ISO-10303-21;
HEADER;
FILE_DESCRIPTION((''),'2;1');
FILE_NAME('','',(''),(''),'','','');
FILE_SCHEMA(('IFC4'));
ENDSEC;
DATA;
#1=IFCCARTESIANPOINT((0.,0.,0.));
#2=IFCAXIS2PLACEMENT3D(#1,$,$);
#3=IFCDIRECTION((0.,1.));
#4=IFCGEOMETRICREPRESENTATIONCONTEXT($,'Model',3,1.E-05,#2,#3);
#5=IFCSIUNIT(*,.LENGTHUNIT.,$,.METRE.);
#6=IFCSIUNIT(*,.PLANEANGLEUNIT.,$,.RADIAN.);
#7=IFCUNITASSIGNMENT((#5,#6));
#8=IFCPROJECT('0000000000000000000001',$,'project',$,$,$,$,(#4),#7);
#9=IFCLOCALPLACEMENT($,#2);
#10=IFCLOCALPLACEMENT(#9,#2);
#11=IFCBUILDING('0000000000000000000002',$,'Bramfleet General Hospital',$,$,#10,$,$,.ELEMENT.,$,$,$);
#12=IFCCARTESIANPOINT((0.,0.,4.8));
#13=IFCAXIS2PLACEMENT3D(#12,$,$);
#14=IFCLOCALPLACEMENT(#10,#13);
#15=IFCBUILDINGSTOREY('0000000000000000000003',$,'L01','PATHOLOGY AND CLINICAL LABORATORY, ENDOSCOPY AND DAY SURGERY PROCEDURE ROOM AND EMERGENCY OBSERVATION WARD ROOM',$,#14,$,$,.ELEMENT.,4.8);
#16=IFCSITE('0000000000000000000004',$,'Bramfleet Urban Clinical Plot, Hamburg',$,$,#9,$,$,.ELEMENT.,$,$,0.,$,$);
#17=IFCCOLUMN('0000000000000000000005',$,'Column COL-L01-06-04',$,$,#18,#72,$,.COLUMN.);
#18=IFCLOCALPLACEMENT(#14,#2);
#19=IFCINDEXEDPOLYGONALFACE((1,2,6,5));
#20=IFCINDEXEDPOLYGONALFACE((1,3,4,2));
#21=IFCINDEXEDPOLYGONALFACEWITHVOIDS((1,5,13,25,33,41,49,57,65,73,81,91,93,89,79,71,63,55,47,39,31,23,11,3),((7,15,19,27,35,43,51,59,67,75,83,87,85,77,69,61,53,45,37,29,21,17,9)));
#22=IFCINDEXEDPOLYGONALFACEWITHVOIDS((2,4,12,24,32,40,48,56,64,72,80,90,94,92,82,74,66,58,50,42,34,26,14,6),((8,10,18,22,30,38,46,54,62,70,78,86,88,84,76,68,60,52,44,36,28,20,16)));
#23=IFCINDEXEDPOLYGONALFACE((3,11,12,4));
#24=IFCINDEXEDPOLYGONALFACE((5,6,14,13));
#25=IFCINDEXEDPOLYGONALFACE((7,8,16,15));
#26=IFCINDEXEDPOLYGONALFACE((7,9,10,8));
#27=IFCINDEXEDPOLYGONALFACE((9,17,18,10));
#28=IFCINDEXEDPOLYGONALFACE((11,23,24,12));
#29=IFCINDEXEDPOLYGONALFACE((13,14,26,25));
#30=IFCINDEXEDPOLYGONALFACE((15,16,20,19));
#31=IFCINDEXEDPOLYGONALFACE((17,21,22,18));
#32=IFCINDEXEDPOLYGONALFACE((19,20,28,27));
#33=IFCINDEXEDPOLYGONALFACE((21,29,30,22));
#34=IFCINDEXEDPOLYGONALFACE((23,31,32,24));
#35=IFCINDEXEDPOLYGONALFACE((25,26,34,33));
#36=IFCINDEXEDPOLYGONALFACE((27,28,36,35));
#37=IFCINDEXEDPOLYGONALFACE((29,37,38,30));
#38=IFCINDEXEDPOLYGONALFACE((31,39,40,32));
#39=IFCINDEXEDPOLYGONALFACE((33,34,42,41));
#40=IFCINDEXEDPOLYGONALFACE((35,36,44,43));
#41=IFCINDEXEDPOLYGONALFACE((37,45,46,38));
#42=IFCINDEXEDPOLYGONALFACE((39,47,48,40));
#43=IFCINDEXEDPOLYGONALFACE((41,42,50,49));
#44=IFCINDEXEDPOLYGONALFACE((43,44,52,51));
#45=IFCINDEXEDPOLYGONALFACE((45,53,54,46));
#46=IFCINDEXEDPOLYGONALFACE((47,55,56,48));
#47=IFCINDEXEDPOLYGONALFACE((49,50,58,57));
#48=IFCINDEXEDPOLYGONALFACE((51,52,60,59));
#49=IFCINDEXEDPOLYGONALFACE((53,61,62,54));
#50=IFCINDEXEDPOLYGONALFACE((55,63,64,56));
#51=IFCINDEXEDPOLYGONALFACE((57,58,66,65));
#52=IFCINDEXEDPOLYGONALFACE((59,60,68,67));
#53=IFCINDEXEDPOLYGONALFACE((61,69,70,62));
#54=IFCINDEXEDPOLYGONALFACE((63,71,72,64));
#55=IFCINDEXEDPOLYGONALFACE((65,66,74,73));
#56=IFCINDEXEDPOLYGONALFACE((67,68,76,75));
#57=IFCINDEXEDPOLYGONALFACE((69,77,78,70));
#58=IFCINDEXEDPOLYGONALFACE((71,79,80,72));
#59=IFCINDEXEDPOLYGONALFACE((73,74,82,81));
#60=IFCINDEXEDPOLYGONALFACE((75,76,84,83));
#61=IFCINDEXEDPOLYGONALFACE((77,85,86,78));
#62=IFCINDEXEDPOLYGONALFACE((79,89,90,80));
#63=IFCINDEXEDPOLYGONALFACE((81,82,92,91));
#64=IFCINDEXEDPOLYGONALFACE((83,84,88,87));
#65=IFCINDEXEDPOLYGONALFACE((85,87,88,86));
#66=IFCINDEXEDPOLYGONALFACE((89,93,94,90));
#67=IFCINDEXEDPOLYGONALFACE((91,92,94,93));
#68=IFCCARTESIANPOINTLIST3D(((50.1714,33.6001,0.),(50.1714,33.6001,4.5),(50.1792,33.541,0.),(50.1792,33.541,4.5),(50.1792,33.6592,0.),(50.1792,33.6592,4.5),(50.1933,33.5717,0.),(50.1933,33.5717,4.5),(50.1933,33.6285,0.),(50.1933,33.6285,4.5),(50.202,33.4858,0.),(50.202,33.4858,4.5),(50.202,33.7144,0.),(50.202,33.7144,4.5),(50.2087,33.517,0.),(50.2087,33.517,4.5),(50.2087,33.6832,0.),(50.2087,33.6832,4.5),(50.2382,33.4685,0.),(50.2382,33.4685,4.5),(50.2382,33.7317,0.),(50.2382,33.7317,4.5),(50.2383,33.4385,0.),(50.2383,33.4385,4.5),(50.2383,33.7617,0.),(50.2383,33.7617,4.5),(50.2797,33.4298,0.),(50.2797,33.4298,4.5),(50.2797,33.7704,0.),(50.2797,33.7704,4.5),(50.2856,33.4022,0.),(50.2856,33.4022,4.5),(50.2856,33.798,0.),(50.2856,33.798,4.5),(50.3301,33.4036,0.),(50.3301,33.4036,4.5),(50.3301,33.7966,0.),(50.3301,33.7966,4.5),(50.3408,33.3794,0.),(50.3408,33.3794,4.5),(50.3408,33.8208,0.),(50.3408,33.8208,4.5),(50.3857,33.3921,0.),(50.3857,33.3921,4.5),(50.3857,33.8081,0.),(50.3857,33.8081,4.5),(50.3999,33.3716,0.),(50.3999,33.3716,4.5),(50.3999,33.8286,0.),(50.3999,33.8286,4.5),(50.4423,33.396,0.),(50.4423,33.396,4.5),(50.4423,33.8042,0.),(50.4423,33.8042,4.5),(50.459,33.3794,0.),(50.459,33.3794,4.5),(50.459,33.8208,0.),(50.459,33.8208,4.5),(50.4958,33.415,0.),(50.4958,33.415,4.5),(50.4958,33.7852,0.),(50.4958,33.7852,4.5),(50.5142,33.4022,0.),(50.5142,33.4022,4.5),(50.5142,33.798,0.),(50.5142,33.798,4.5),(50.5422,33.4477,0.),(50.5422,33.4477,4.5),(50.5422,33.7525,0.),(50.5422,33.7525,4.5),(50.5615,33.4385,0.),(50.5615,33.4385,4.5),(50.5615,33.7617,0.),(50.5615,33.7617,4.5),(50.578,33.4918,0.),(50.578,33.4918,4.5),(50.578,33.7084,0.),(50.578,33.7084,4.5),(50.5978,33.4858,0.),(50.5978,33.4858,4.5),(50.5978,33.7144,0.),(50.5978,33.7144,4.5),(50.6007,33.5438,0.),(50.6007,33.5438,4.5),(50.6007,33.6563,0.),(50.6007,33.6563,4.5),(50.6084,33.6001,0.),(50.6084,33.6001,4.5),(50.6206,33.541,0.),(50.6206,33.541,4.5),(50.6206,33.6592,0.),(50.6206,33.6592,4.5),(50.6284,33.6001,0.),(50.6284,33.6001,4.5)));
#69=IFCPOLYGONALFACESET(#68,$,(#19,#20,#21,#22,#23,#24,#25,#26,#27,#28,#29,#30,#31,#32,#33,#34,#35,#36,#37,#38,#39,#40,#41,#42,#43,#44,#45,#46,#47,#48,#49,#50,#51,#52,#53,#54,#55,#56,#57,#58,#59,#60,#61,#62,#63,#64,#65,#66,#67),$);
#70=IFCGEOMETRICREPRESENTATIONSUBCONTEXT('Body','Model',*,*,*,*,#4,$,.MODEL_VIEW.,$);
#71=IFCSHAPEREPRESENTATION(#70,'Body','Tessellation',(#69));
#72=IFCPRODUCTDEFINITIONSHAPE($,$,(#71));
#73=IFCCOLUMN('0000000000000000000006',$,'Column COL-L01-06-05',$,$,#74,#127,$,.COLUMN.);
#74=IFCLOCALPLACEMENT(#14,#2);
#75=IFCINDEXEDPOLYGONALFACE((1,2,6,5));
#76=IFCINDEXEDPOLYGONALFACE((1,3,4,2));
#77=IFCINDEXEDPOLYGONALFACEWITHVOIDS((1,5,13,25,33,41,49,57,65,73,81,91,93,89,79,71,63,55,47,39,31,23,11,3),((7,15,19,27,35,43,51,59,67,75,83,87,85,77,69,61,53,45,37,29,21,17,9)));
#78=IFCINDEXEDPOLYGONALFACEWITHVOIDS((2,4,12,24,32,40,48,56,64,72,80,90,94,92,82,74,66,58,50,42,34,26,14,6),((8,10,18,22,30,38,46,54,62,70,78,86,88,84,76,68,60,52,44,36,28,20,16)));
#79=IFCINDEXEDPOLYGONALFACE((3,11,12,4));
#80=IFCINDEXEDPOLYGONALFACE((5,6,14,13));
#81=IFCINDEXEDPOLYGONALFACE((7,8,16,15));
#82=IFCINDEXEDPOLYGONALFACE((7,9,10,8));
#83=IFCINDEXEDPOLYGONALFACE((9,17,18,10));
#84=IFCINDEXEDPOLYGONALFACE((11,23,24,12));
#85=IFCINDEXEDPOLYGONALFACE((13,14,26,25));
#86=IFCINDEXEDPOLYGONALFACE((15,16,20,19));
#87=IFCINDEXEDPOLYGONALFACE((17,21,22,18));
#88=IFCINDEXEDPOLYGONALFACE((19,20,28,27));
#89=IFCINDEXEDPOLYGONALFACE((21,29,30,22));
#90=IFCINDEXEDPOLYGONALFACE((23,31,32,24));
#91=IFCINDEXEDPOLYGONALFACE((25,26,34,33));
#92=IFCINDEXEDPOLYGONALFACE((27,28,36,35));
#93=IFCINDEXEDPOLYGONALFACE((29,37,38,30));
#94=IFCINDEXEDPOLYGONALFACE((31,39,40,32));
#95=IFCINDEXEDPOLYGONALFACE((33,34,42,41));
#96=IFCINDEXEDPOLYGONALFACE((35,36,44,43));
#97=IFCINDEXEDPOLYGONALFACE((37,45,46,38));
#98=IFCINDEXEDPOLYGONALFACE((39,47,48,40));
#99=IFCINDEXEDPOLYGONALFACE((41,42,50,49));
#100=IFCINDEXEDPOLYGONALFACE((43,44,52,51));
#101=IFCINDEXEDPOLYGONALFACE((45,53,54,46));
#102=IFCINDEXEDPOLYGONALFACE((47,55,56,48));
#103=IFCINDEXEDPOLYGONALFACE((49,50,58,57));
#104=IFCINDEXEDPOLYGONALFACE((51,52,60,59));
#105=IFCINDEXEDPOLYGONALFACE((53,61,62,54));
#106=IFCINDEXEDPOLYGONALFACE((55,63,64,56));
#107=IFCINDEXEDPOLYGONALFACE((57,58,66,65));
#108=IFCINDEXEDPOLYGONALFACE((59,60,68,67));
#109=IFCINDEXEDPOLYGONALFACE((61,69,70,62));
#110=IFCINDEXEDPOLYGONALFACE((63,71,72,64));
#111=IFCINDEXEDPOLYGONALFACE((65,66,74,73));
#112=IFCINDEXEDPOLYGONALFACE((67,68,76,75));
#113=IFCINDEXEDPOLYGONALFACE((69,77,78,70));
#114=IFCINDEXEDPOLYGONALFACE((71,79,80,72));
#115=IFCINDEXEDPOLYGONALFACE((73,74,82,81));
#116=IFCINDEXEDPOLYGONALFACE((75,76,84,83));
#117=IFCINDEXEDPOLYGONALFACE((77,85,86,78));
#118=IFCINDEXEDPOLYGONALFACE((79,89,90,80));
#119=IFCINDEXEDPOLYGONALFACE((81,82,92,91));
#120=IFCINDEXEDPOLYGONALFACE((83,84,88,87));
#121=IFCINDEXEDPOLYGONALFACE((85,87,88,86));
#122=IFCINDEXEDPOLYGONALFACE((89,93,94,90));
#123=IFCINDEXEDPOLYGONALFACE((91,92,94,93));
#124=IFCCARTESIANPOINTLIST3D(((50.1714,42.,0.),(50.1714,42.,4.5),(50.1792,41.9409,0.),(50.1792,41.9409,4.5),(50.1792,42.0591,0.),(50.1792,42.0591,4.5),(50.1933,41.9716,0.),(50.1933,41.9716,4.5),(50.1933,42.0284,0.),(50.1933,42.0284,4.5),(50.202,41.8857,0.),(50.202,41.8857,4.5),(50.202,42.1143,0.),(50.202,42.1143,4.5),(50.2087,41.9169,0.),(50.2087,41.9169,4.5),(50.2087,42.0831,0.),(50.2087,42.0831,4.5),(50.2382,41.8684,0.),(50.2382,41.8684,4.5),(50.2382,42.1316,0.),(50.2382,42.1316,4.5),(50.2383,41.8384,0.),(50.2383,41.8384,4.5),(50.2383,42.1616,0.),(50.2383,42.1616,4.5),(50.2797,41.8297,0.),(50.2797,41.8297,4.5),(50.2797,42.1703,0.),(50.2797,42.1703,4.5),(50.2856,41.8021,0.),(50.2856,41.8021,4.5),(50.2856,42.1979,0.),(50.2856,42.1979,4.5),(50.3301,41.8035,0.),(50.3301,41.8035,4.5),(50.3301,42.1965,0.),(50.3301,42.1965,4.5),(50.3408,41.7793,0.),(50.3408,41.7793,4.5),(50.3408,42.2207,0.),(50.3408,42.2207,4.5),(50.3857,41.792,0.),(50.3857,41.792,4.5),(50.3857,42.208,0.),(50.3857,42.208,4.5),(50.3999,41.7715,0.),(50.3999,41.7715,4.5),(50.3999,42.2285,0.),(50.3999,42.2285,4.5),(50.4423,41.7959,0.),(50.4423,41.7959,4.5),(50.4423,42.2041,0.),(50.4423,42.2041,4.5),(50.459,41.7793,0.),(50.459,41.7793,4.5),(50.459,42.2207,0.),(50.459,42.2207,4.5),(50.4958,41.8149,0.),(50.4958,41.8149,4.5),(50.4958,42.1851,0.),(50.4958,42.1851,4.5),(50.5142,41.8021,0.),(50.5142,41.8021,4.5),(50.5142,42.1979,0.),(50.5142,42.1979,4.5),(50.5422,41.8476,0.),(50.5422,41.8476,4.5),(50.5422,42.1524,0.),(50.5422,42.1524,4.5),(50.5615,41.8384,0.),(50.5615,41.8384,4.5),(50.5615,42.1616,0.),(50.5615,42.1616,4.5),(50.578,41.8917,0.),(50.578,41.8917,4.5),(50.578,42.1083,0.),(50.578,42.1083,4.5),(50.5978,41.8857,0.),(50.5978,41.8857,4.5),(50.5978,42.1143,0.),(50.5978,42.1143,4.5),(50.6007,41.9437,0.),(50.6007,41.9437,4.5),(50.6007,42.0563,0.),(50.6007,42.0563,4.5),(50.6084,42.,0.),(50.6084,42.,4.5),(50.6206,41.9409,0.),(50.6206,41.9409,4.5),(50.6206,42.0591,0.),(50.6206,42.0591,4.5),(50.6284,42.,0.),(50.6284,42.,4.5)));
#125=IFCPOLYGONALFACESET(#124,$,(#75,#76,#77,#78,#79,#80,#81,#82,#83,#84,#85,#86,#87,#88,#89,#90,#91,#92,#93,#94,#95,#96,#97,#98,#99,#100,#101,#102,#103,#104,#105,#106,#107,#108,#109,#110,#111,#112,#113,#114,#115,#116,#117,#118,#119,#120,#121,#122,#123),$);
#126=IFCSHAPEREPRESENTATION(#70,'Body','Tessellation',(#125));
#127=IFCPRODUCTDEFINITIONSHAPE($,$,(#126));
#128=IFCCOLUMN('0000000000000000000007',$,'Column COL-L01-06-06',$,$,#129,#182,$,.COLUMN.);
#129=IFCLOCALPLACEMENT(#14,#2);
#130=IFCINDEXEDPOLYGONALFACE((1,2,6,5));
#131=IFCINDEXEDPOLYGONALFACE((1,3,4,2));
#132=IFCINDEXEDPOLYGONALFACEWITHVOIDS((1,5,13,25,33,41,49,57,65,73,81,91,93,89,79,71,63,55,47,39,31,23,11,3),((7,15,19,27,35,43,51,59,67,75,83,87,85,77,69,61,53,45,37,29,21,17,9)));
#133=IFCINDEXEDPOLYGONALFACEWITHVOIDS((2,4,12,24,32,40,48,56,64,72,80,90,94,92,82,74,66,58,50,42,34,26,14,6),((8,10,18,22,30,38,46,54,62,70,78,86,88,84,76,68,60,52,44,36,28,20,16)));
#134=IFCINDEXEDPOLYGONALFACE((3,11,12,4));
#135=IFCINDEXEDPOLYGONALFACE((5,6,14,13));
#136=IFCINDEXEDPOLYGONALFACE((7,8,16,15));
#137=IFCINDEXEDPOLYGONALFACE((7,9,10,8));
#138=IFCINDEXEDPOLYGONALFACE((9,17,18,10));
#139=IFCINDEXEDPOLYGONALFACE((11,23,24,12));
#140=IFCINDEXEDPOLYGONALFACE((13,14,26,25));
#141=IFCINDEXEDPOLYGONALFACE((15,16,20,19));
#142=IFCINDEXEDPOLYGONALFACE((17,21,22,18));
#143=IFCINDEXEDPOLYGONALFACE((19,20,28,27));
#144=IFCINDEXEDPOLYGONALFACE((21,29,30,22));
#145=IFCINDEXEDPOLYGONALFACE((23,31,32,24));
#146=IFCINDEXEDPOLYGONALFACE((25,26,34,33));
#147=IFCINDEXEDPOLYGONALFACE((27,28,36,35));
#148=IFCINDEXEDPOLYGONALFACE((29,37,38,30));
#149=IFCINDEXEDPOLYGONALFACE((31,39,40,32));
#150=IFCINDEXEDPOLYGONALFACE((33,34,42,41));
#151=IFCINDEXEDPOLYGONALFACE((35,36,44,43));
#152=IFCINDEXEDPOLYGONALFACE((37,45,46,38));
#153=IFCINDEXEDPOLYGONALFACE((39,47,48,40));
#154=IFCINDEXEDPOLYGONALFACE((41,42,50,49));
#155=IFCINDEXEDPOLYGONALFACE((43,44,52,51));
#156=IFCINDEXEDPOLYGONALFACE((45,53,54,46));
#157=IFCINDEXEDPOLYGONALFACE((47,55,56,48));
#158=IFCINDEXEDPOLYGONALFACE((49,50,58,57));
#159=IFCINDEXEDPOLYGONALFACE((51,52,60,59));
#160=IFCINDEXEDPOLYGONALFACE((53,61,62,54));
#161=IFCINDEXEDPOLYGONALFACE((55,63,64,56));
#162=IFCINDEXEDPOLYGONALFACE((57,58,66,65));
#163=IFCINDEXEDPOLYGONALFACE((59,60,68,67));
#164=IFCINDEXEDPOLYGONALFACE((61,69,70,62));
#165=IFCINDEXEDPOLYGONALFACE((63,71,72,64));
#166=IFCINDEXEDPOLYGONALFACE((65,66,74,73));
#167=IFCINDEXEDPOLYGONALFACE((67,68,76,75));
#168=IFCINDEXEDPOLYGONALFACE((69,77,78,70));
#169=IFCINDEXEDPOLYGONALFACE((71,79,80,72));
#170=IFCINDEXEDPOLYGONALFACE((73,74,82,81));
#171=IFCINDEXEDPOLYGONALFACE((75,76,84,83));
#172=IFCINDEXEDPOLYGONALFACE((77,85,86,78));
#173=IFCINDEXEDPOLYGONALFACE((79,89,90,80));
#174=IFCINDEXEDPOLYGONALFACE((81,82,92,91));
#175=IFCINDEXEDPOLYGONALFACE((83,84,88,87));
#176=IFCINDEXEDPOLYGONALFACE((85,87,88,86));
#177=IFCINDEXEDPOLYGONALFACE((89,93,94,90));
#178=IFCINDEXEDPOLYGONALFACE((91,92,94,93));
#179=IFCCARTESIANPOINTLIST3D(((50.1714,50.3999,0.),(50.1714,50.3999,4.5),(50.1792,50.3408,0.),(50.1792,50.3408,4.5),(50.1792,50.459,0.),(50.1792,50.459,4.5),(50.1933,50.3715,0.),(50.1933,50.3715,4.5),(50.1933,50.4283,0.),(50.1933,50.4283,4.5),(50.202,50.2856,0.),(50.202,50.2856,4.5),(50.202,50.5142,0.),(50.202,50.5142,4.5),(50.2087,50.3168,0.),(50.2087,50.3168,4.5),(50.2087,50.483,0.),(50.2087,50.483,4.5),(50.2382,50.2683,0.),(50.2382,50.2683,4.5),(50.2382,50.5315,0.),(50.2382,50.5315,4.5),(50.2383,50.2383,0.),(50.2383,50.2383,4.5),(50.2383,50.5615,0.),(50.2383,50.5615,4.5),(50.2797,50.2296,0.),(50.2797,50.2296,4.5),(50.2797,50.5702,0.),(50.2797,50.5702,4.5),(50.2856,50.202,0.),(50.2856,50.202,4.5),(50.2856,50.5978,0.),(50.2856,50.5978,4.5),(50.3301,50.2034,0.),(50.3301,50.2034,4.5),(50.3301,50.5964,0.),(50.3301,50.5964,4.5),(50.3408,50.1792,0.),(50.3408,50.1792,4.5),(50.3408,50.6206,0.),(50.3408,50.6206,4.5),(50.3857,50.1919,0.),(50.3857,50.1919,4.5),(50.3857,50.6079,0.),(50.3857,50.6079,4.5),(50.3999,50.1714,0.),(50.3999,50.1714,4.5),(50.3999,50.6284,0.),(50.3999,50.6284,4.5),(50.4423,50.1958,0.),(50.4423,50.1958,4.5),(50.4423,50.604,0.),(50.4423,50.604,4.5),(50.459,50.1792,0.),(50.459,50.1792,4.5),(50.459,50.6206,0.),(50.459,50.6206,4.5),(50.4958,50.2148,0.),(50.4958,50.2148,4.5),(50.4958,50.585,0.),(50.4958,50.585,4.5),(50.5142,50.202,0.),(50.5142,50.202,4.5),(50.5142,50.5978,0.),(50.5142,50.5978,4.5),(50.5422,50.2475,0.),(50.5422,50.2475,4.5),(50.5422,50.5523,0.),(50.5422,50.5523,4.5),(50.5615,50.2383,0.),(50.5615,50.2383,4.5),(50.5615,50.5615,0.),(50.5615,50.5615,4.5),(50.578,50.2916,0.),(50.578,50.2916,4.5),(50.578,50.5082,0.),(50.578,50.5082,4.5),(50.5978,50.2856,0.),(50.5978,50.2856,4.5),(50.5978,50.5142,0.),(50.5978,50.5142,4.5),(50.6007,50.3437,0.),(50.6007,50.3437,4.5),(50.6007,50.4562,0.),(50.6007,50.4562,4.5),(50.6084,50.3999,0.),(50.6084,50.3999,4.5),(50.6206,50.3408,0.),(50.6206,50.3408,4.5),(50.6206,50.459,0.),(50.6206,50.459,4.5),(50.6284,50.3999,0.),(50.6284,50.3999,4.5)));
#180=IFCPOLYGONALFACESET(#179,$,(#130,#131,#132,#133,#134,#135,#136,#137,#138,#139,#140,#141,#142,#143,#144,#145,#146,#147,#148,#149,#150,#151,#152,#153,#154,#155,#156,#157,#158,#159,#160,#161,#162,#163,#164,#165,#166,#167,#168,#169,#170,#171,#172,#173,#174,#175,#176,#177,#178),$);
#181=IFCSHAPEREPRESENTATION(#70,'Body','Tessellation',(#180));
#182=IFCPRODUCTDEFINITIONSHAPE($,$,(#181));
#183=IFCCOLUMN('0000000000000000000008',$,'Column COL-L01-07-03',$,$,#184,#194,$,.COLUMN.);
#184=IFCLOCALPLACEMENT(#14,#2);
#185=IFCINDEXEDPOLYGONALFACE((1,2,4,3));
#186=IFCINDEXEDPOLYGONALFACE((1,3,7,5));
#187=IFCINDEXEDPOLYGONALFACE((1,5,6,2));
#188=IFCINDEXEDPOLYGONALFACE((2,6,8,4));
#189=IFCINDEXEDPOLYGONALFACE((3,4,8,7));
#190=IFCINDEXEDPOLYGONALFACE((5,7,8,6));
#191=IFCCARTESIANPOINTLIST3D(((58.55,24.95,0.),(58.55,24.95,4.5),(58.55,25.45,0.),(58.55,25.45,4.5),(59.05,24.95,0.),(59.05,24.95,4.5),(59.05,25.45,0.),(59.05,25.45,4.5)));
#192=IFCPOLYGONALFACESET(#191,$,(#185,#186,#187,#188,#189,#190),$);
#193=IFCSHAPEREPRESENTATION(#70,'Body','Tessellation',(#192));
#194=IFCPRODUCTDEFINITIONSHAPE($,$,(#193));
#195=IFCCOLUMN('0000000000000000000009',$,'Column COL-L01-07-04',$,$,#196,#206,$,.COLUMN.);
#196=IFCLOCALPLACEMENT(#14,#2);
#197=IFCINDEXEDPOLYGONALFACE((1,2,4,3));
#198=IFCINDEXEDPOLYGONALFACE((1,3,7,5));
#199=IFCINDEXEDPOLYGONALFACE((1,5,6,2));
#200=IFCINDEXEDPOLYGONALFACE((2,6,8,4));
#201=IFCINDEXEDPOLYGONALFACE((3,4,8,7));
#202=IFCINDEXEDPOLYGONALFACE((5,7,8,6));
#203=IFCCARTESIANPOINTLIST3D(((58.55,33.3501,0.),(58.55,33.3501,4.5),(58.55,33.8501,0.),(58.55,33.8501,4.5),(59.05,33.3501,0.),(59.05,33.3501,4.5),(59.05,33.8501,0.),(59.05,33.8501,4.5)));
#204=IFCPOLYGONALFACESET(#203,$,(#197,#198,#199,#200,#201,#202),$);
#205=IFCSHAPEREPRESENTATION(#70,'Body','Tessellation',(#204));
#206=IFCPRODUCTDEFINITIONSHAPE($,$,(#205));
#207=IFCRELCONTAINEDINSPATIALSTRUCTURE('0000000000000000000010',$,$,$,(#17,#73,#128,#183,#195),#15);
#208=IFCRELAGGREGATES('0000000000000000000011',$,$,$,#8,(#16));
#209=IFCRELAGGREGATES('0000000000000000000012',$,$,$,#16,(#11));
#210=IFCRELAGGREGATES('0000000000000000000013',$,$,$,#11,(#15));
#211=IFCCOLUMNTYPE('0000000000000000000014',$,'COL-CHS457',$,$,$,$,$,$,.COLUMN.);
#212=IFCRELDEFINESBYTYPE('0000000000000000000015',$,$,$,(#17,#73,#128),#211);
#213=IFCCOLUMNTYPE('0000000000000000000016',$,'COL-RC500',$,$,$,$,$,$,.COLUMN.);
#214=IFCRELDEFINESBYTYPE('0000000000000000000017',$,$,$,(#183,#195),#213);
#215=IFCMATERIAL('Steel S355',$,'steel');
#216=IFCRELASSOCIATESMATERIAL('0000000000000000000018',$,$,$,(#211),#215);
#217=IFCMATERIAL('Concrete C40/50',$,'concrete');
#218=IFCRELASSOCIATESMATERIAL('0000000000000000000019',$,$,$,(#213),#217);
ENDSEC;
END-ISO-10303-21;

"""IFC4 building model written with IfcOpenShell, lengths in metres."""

from ifc_helpers import new_model, si_unit, direction, frame, origin, origin_2d, place, context, subcontext, project, spatial, rectangle, hollow_circle, extrude, material, material_profile, profile_set, type_object, element, save


model = new_model("IFC4")

# Units and contexts
model_context = context("Model", 3, precision=1e-05, world=origin(), true_north=direction((0.0, 1.0)))
body_context = subcontext(model_context, "Body", "Model", "MODEL_VIEW")
ifc_project = project(units=[si_unit("LENGTHUNIT", "METRE"), si_unit("PLANEANGLEUNIT", "RADIAN")], contexts=[model_context])

# Site, building, storey
site_placement = place(None, origin())
site = spatial("IfcSite", under=ifc_project, at=site_placement, Name="Bramfleet Urban Clinical Plot, Hamburg", CompositionType="ELEMENT", RefElevation=0.0)
building_placement = place(site_placement, origin())
building = spatial("IfcBuilding", under=site, at=building_placement, Name="Bramfleet General Hospital", CompositionType="ELEMENT")
storey_placement = place(building_placement, frame((0.0, 0.0, 4.8)))
storey = spatial("IfcBuildingStorey", under=building, at=storey_placement, Name="L01", Description="PATHOLOGY AND CLINICAL LABORATORY, ENDOSCOPY AND DAY SURGERY PROCEDURE ROOM AND EMERGENCY OBSERVATION WARD ROOM", CompositionType="ELEMENT", Elevation=4.8)

# Columns
ifc_material_1 = material(Name="Steel S355", Category="steel")
ifc_material_profile_1 = material_profile(ifc_material_1, hollow_circle(Radius=0.2285, WallThickness=0.02, at=origin_2d()), Name="CHS 457.0x20.0")
ifc_profile_set_1 = profile_set([ifc_material_profile_1], Name="Steel S355")
column_type_1 = type_object("IfcColumnType", Name="COL-CHS457", PredefinedType="COLUMN", material=ifc_profile_set_1)
for number, where, z_axis, x_axis, name in (
    (1, (50.3999, 33.6001, 0.0), (0.0, 0.0, 1.0), (1.0, 0.0, 0.0), "Column COL-L01-06-04"),
    (2, (50.3999, 42.0, 0.0), (0.0, 0.0, 1.0), (1.0, 0.0, 0.0), "Column COL-L01-06-05"),
    (3, (50.3999, 50.3999, 0.0), (0.0, 0.0, 1.0), (1.0, 0.0, 0.0), "Column COL-L01-06-06"),
):
    element("IfcColumn", number, at=place(storey_placement, frame(where, z_axis=z_axis, x_axis=x_axis)), inside=storey, type_object=column_type_1, Name=name, PredefinedType="COLUMN", context=body_context, shape_type="SweptSolid", body=[
        extrude(hollow_circle(Radius=0.2285, WallThickness=0.02, at=origin_2d()), origin(), (0.0, 0.0, 1.0), 4.5),
    ])
ifc_material_2 = material(Name="Concrete C40/50", Category="concrete")
ifc_material_profile_2 = material_profile(ifc_material_2, rectangle(XDim=0.5, YDim=0.5, at=origin_2d()), Name="RC COL 500x500")
ifc_profile_set_2 = profile_set([ifc_material_profile_2], Name="Concrete C40/50")
column_type_2 = type_object("IfcColumnType", Name="COL-RC500", PredefinedType="COLUMN", material=ifc_profile_set_2)
for number, where, z_axis, x_axis, name in (
    (4, (58.8, 25.2, 0.0), (0.0, 0.0, 1.0), (1.0, 0.0, 0.0), "Column COL-L01-07-03"),
    (5, (58.8, 33.6001, 0.0), (0.0, 0.0, 1.0), (1.0, 0.0, 0.0), "Column COL-L01-07-04"),
):
    element("IfcColumn", number, at=place(storey_placement, frame(where, z_axis=z_axis, x_axis=x_axis)), inside=storey, type_object=column_type_2, Name=name, PredefinedType="COLUMN", context=body_context, shape_type="SweptSolid", body=[
        extrude(rectangle(XDim=0.5, YDim=0.5, at=origin_2d()), origin(), (0.0, 0.0, 1.0), 4.5),
    ])

save(model, "model.ifc")
